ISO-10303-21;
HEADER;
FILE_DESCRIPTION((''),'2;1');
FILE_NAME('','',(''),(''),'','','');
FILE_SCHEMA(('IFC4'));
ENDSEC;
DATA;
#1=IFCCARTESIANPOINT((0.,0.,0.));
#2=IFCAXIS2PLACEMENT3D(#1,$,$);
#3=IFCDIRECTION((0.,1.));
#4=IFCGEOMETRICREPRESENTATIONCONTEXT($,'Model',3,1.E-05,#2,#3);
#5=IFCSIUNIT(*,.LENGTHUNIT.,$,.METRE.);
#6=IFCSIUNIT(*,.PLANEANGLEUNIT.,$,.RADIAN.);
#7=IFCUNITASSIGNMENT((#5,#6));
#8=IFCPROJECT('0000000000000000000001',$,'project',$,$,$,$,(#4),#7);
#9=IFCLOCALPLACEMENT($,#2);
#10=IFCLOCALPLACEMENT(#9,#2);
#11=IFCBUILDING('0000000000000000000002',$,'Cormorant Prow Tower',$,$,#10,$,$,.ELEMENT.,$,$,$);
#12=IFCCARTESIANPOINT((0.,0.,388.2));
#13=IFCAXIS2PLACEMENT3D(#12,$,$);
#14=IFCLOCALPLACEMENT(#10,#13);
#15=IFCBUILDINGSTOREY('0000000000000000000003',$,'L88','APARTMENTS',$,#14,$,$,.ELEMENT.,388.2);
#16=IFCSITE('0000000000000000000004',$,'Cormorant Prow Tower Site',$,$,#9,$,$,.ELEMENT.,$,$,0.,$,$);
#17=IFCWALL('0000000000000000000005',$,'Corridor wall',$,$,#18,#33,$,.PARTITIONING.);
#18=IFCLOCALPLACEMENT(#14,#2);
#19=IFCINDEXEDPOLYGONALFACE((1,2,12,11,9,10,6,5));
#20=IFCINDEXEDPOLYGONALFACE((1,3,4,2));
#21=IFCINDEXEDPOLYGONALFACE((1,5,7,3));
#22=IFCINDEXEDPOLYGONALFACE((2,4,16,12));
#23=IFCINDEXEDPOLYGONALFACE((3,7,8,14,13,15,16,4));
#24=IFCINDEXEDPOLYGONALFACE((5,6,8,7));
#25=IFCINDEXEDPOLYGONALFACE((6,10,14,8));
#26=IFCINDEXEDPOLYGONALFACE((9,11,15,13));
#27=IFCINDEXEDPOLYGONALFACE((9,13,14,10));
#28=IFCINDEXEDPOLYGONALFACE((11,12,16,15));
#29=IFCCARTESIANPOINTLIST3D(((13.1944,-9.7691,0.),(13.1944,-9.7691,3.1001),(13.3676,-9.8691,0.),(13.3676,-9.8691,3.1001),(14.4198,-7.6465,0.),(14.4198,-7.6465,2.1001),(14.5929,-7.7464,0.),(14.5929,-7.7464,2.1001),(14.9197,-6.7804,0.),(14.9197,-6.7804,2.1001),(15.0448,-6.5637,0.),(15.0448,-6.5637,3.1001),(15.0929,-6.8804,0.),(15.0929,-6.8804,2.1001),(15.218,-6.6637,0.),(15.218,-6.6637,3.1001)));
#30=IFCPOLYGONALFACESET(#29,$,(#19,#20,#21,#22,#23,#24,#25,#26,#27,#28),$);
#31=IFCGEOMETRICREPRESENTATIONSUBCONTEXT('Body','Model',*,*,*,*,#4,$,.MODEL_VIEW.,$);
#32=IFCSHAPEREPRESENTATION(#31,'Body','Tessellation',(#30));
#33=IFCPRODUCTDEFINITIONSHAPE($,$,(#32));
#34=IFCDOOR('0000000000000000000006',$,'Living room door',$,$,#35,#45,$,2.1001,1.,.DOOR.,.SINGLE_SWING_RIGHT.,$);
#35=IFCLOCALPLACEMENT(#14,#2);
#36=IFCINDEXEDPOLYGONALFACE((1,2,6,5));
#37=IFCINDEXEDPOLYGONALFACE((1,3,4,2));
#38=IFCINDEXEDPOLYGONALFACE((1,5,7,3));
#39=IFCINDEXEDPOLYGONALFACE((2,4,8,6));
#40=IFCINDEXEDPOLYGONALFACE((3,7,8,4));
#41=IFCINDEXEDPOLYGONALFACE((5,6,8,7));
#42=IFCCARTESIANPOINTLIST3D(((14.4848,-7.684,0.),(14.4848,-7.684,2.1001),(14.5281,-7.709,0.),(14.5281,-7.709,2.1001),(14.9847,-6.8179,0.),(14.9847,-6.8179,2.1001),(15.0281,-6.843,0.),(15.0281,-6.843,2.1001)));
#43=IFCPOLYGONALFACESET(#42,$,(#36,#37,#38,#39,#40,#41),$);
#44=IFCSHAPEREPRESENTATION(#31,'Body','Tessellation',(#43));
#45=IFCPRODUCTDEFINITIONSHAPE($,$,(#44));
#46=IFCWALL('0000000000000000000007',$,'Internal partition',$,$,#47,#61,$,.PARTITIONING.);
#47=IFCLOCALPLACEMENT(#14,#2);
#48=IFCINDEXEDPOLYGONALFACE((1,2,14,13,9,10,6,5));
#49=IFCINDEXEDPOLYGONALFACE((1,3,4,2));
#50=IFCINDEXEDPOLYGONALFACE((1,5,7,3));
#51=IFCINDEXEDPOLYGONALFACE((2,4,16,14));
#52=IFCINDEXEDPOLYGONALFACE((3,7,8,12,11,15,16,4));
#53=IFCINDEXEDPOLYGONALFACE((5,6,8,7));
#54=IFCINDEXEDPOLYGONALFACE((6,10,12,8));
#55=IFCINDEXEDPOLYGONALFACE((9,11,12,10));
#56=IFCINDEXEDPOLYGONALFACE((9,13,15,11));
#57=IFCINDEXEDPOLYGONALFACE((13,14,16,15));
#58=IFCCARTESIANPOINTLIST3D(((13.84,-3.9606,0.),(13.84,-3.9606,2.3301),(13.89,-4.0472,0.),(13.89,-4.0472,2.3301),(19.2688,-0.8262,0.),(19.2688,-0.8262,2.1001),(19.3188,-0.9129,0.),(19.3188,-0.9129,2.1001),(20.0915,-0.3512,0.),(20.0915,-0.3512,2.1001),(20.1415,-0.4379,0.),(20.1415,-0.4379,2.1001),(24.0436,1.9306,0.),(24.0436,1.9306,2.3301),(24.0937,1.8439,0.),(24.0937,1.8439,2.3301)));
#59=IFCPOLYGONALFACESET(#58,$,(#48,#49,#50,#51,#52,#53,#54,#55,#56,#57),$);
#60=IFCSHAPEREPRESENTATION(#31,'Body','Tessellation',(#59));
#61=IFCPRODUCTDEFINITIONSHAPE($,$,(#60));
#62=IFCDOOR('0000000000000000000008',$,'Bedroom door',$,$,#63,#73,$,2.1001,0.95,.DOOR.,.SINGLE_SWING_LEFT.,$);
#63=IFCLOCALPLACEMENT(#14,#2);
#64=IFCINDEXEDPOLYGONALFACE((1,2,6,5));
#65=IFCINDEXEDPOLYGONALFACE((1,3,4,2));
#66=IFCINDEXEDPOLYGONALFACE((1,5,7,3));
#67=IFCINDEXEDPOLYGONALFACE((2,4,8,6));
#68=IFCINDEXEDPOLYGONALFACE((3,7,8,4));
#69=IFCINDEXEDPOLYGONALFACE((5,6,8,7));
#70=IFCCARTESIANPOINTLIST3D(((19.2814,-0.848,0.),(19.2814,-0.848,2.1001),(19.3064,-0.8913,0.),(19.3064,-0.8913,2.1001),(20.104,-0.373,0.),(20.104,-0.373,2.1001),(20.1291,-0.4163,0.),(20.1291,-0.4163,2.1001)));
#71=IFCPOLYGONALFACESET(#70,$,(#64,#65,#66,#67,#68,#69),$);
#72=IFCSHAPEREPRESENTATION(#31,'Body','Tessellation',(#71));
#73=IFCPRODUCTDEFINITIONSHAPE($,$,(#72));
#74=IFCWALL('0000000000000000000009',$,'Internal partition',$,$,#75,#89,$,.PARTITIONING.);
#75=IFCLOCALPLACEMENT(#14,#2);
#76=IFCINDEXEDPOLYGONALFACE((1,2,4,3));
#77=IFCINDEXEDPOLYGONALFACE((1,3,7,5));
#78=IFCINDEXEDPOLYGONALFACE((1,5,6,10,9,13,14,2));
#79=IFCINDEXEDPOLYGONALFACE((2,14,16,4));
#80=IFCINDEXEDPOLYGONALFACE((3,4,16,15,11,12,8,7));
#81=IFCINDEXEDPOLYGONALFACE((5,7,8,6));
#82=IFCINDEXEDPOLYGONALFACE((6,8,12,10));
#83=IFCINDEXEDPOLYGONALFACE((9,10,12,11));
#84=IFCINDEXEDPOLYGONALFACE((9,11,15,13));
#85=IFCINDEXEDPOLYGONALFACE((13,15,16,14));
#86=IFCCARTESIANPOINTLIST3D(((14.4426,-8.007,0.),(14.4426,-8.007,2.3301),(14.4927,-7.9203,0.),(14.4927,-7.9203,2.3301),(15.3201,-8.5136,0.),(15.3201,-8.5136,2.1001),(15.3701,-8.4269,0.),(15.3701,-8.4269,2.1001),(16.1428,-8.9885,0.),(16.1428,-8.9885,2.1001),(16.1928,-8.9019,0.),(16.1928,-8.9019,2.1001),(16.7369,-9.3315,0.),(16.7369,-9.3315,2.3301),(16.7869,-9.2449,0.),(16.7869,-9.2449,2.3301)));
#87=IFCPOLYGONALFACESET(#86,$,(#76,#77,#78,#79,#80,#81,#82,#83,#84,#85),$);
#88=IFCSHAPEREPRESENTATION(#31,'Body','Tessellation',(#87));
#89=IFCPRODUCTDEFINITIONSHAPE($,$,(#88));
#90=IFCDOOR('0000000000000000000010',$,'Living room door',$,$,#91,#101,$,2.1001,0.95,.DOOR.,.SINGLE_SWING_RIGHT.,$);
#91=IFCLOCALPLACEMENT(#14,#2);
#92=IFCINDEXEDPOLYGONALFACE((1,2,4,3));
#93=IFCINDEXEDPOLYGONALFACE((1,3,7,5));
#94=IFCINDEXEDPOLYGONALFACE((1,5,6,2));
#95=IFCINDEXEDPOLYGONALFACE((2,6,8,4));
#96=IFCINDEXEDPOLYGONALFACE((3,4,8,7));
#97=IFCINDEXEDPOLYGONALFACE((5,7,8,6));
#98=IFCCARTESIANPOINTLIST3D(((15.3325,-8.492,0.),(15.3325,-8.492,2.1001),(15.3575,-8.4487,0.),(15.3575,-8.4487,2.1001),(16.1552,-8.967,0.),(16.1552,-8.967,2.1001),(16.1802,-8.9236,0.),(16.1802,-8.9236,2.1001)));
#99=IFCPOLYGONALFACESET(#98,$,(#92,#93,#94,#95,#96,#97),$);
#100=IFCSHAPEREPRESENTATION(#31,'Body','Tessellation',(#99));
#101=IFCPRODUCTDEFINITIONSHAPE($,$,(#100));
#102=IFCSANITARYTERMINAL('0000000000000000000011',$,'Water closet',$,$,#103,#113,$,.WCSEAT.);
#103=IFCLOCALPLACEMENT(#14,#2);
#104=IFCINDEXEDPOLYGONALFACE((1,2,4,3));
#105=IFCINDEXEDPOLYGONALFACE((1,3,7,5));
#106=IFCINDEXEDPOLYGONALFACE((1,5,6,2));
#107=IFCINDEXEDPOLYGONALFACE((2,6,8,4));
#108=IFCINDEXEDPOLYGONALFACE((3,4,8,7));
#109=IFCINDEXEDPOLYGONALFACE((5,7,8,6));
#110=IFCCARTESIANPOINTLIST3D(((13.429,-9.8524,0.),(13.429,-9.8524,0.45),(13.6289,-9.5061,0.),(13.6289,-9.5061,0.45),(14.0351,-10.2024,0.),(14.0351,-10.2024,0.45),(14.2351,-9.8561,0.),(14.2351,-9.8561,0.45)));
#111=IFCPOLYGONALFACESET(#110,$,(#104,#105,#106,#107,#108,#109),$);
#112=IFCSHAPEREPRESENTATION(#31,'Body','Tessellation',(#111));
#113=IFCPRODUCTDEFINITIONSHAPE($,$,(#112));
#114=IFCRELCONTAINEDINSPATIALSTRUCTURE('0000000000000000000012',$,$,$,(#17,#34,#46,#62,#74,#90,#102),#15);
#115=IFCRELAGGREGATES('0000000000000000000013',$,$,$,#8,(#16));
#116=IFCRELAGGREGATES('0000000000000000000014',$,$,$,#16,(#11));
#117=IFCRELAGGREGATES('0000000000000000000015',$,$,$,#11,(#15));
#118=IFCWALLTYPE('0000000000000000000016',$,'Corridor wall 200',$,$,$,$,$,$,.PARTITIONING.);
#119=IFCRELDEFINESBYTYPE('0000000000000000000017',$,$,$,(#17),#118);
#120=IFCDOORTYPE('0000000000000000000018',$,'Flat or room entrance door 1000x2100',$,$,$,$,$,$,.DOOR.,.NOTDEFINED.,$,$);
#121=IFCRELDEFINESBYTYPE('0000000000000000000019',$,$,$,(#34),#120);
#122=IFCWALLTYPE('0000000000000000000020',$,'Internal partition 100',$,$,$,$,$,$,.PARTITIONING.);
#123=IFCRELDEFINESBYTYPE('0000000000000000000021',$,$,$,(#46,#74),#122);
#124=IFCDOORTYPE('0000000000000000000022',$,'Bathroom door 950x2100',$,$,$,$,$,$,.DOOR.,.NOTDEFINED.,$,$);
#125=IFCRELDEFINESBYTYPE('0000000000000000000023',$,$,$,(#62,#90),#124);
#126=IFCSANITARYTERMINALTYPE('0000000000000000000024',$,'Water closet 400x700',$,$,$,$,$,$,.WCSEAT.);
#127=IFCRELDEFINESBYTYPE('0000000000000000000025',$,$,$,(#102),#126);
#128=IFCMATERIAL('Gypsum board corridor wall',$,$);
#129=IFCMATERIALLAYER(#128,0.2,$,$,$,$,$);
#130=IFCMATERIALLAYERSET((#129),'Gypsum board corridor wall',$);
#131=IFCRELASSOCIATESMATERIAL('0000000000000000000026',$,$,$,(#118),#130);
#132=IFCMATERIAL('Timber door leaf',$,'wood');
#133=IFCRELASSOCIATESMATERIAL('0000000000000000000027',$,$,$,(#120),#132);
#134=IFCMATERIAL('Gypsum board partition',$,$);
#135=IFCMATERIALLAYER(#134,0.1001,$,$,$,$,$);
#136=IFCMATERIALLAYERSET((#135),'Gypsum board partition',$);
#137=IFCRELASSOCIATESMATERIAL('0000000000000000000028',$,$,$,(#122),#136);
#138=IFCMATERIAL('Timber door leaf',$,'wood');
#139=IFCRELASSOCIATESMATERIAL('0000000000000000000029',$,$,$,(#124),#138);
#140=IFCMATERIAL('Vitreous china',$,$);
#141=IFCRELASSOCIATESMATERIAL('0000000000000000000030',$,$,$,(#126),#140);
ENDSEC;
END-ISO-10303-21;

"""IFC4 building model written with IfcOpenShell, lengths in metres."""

from ifc_helpers import new_model, si_unit, direction, frame, frame_2d, origin, origin_2d, place, context, subcontext, project, spatial, rectangle, extrude, material, layer, layer_set, type_object, element, fill, save


model = new_model("IFC4")

# Units and contexts
model_context = context("Model", 3, precision=1e-05, world=origin(), true_north=direction((0.0, 1.0)))
body_context = subcontext(model_context, "Body", "Model", "MODEL_VIEW")
ifc_project = project(units=[si_unit("LENGTHUNIT", "METRE"), si_unit("PLANEANGLEUNIT", "RADIAN")], contexts=[model_context])

# Site, building, storey
site_placement = place(None, origin())
site = spatial("IfcSite", under=ifc_project, at=site_placement, Name="Cormorant Prow Tower Site", CompositionType="ELEMENT", RefElevation=0.0)
building_placement = place(site_placement, origin())
building = spatial("IfcBuilding", under=site, at=building_placement, Name="Cormorant Prow Tower", CompositionType="ELEMENT")
storey_placement = place(building_placement, frame((0.0, 0.0, 388.2)))
storey = spatial("IfcBuildingStorey", under=building, at=storey_placement, Name="L88", Description="APARTMENTS", CompositionType="ELEMENT", Elevation=388.2)

# Shared definitions
ifc_material_1 = material(Name="Gypsum board corridor wall")
ifc_layer_1 = layer(ifc_material_1, 0.2)
ifc_layer_set_1 = layer_set([ifc_layer_1], Name="Gypsum board corridor wall")
wall_type_1 = type_object("IfcWallType", Name="Corridor wall 200", PredefinedType="PARTITIONING", material=ifc_layer_set_1)

# Walls, openings, doors
wall_1_placement = place(storey_placement, frame((13.281, -9.8191, 0.0), z_axis=(0.0, 0.0, 1.0), x_axis=(0.499949, 0.866055, 0.0)))
wall_1 = element("IfcWall", 1, at=wall_1_placement, inside=storey, type_object=wall_type_1, Name="Corridor wall", PredefinedType="PARTITIONING", context=body_context, shape_type="SweptSolid", body=[
    extrude(rectangle(XDim=3.7012, YDim=0.2, at=frame_2d((1.8506, 0.0))), origin(), (0.0, 0.0, 1.0), 3.1001),
])
opening_1_placement = place(wall_1_placement, frame((2.4509, 0.0, 0.0)))
opening_1 = element("IfcOpeningElement", 2, at=opening_1_placement, cuts=wall_1, PredefinedType="OPENING", context=body_context, shape_type="SweptSolid", body=[
    extrude(rectangle(XDim=1.0, YDim=2.1001, at=frame_2d((0.5, 1.05))), frame((0.0, 0.1099, 0.0), z_axis=(0.0, -1.0, 0.0), x_axis=(1.0, 0.0, 0.0)), (0.0, 0.0, 1.0), 0.22),
])
ifc_material_2 = material(Name="Timber door leaf", Category="wood")
door_type_1 = type_object("IfcDoorType", Name="Flat or room entrance door 1000x2100", OperationType="NOTDEFINED", PredefinedType="DOOR", material=ifc_material_2)
door_1_placement = place(opening_1_placement, origin())
door_1 = element("IfcDoor", 3, at=door_1_placement, inside=storey, type_object=door_type_1, Name="Living room door", OperationType="SINGLE_SWING_RIGHT", OverallHeight=2.1001, OverallWidth=1.0, PredefinedType="DOOR", context=body_context, shape_type="SweptSolid", body=[
    extrude(rectangle(XDim=1.0, YDim=2.1001, at=frame_2d((0.5, 1.05))), frame((0.0, 0.0249, 0.0), z_axis=(0.0, -1.0, 0.0), x_axis=(1.0, 0.0, 0.0)), (0.0, 0.0, 1.0), 0.05),
])
fill(opening_1, door_1)
ifc_material_3 = material(Name="Gypsum board partition")
ifc_layer_2 = layer(ifc_material_3, 0.1001)
ifc_layer_set_2 = layer_set([ifc_layer_2], Name="Gypsum board partition")
wall_type_2 = type_object("IfcWallType", Name="Internal partition 100", PredefinedType="PARTITIONING", material=ifc_layer_set_2)
wall_2_placement = place(storey_placement, frame((13.865, -4.0039, 0.0), z_axis=(0.0, 0.0, 1.0), x_axis=(0.866023, 0.500003, 0.0)))
wall_2 = element("IfcWall", 4, at=wall_2_placement, inside=storey, type_object=wall_type_2, Name="Internal partition", PredefinedType="PARTITIONING", context=body_context, shape_type="SweptSolid", body=[
    extrude(rectangle(XDim=11.7822, YDim=0.1001, at=frame_2d((5.8911, 0.0))), origin(), (0.0, 0.0, 1.0), 2.3301),
])
opening_2_placement = place(wall_2_placement, frame((6.2686, 0.0, 0.0)))
opening_2 = element("IfcOpeningElement", 5, at=opening_2_placement, cuts=wall_2, PredefinedType="OPENING", context=body_context, shape_type="SweptSolid", body=[
    extrude(rectangle(XDim=0.95, YDim=2.1001, at=frame_2d((0.4751, 1.05))), frame((0.0, 0.0601, 0.0), z_axis=(0.0, -1.0, 0.0), x_axis=(1.0, 0.0, 0.0)), (0.0, 0.0, 1.0), 0.1201),
])
ifc_material_4 = material(Name="Timber door leaf", Category="wood")
door_type_2 = type_object("IfcDoorType", Name="Bathroom door 950x2100", OperationType="NOTDEFINED", PredefinedType="DOOR", material=ifc_material_4)
door_2_placement = place(opening_2_placement, origin())
door_2 = element("IfcDoor", 6, at=door_2_placement, inside=storey, type_object=door_type_2, Name="Bedroom door", OperationType="SINGLE_SWING_LEFT", OverallHeight=2.1001, OverallWidth=0.95, PredefinedType="DOOR", context=body_context, shape_type="SweptSolid", body=[
    extrude(rectangle(XDim=0.95, YDim=2.1001, at=frame_2d((0.4751, 1.05))), frame((0.0, 0.0249, 0.0), z_axis=(0.0, -1.0, 0.0), x_axis=(1.0, 0.0, 0.0)), (0.0, 0.0, 1.0), 0.05),
])
fill(opening_2, door_2)
wall_3_placement = place(storey_placement, frame((14.4675, -7.9636, 0.0), z_axis=(0.0, 0.0, 1.0), x_axis=(0.86604, -0.499975, 0.0)))
wall_3 = element("IfcWall", 7, at=wall_3_placement, inside=storey, type_object=wall_type_2, Name="Internal partition", PredefinedType="PARTITIONING", context=body_context, shape_type="SweptSolid", body=[
    extrude(rectangle(XDim=2.6492, YDim=0.1001, at=frame_2d((1.3247, 0.0))), origin(), (0.0, 0.0, 1.0), 2.3301),
])
opening_3_placement = place(wall_3_placement, frame((1.0132, 0.0, 0.0)))
opening_3 = element("IfcOpeningElement", 8, at=opening_3_placement, cuts=wall_3, PredefinedType="OPENING", context=body_context, shape_type="SweptSolid", body=[
    extrude(rectangle(XDim=0.95, YDim=2.1001, at=frame_2d((0.4751, 1.05))), frame((0.0, 0.0601, 0.0), z_axis=(0.0, -1.0, 0.0), x_axis=(1.0, 0.0, 0.0)), (0.0, 0.0, 1.0), 0.1201),
])
door_3_placement = place(opening_3_placement, origin())
door_3 = element("IfcDoor", 9, at=door_3_placement, inside=storey, type_object=door_type_2, Name="Living room door", OperationType="SINGLE_SWING_RIGHT", OverallHeight=2.1001, OverallWidth=0.95, PredefinedType="DOOR", context=body_context, shape_type="SweptSolid", body=[
    extrude(rectangle(XDim=0.95, YDim=2.1001, at=frame_2d((0.4751, 1.05))), frame((0.0, 0.0249, 0.0), z_axis=(0.0, -1.0, 0.0), x_axis=(1.0, 0.0, 0.0)), (0.0, 0.0, 1.0), 0.05),
])
fill(opening_3, door_3)

# Sanitary terminal
ifc_material_5 = material(Name="Vitreous china")
sanitary_terminal_type = type_object("IfcSanitaryTerminalType", Name="Water closet 400x700", PredefinedType="WCSEAT", material=ifc_material_5)
sanitary_terminal_placement = place(storey_placement, frame((13.832, -9.8542, 0.0), z_axis=(0.0, 0.0, 1.0), x_axis=(0.5, 0.866025, 0.0)))
element("IfcSanitaryTerminal", 10, at=sanitary_terminal_placement, inside=storey, type_object=sanitary_terminal_type, Name="Water closet", PredefinedType="WCSEAT", context=body_context, shape_type="SweptSolid", body=[
    extrude(rectangle(XDim=0.3999, YDim=0.7, at=origin_2d()), origin(), (0.0, 0.0, 1.0), 0.45),
])

save(model, "model.ifc")
